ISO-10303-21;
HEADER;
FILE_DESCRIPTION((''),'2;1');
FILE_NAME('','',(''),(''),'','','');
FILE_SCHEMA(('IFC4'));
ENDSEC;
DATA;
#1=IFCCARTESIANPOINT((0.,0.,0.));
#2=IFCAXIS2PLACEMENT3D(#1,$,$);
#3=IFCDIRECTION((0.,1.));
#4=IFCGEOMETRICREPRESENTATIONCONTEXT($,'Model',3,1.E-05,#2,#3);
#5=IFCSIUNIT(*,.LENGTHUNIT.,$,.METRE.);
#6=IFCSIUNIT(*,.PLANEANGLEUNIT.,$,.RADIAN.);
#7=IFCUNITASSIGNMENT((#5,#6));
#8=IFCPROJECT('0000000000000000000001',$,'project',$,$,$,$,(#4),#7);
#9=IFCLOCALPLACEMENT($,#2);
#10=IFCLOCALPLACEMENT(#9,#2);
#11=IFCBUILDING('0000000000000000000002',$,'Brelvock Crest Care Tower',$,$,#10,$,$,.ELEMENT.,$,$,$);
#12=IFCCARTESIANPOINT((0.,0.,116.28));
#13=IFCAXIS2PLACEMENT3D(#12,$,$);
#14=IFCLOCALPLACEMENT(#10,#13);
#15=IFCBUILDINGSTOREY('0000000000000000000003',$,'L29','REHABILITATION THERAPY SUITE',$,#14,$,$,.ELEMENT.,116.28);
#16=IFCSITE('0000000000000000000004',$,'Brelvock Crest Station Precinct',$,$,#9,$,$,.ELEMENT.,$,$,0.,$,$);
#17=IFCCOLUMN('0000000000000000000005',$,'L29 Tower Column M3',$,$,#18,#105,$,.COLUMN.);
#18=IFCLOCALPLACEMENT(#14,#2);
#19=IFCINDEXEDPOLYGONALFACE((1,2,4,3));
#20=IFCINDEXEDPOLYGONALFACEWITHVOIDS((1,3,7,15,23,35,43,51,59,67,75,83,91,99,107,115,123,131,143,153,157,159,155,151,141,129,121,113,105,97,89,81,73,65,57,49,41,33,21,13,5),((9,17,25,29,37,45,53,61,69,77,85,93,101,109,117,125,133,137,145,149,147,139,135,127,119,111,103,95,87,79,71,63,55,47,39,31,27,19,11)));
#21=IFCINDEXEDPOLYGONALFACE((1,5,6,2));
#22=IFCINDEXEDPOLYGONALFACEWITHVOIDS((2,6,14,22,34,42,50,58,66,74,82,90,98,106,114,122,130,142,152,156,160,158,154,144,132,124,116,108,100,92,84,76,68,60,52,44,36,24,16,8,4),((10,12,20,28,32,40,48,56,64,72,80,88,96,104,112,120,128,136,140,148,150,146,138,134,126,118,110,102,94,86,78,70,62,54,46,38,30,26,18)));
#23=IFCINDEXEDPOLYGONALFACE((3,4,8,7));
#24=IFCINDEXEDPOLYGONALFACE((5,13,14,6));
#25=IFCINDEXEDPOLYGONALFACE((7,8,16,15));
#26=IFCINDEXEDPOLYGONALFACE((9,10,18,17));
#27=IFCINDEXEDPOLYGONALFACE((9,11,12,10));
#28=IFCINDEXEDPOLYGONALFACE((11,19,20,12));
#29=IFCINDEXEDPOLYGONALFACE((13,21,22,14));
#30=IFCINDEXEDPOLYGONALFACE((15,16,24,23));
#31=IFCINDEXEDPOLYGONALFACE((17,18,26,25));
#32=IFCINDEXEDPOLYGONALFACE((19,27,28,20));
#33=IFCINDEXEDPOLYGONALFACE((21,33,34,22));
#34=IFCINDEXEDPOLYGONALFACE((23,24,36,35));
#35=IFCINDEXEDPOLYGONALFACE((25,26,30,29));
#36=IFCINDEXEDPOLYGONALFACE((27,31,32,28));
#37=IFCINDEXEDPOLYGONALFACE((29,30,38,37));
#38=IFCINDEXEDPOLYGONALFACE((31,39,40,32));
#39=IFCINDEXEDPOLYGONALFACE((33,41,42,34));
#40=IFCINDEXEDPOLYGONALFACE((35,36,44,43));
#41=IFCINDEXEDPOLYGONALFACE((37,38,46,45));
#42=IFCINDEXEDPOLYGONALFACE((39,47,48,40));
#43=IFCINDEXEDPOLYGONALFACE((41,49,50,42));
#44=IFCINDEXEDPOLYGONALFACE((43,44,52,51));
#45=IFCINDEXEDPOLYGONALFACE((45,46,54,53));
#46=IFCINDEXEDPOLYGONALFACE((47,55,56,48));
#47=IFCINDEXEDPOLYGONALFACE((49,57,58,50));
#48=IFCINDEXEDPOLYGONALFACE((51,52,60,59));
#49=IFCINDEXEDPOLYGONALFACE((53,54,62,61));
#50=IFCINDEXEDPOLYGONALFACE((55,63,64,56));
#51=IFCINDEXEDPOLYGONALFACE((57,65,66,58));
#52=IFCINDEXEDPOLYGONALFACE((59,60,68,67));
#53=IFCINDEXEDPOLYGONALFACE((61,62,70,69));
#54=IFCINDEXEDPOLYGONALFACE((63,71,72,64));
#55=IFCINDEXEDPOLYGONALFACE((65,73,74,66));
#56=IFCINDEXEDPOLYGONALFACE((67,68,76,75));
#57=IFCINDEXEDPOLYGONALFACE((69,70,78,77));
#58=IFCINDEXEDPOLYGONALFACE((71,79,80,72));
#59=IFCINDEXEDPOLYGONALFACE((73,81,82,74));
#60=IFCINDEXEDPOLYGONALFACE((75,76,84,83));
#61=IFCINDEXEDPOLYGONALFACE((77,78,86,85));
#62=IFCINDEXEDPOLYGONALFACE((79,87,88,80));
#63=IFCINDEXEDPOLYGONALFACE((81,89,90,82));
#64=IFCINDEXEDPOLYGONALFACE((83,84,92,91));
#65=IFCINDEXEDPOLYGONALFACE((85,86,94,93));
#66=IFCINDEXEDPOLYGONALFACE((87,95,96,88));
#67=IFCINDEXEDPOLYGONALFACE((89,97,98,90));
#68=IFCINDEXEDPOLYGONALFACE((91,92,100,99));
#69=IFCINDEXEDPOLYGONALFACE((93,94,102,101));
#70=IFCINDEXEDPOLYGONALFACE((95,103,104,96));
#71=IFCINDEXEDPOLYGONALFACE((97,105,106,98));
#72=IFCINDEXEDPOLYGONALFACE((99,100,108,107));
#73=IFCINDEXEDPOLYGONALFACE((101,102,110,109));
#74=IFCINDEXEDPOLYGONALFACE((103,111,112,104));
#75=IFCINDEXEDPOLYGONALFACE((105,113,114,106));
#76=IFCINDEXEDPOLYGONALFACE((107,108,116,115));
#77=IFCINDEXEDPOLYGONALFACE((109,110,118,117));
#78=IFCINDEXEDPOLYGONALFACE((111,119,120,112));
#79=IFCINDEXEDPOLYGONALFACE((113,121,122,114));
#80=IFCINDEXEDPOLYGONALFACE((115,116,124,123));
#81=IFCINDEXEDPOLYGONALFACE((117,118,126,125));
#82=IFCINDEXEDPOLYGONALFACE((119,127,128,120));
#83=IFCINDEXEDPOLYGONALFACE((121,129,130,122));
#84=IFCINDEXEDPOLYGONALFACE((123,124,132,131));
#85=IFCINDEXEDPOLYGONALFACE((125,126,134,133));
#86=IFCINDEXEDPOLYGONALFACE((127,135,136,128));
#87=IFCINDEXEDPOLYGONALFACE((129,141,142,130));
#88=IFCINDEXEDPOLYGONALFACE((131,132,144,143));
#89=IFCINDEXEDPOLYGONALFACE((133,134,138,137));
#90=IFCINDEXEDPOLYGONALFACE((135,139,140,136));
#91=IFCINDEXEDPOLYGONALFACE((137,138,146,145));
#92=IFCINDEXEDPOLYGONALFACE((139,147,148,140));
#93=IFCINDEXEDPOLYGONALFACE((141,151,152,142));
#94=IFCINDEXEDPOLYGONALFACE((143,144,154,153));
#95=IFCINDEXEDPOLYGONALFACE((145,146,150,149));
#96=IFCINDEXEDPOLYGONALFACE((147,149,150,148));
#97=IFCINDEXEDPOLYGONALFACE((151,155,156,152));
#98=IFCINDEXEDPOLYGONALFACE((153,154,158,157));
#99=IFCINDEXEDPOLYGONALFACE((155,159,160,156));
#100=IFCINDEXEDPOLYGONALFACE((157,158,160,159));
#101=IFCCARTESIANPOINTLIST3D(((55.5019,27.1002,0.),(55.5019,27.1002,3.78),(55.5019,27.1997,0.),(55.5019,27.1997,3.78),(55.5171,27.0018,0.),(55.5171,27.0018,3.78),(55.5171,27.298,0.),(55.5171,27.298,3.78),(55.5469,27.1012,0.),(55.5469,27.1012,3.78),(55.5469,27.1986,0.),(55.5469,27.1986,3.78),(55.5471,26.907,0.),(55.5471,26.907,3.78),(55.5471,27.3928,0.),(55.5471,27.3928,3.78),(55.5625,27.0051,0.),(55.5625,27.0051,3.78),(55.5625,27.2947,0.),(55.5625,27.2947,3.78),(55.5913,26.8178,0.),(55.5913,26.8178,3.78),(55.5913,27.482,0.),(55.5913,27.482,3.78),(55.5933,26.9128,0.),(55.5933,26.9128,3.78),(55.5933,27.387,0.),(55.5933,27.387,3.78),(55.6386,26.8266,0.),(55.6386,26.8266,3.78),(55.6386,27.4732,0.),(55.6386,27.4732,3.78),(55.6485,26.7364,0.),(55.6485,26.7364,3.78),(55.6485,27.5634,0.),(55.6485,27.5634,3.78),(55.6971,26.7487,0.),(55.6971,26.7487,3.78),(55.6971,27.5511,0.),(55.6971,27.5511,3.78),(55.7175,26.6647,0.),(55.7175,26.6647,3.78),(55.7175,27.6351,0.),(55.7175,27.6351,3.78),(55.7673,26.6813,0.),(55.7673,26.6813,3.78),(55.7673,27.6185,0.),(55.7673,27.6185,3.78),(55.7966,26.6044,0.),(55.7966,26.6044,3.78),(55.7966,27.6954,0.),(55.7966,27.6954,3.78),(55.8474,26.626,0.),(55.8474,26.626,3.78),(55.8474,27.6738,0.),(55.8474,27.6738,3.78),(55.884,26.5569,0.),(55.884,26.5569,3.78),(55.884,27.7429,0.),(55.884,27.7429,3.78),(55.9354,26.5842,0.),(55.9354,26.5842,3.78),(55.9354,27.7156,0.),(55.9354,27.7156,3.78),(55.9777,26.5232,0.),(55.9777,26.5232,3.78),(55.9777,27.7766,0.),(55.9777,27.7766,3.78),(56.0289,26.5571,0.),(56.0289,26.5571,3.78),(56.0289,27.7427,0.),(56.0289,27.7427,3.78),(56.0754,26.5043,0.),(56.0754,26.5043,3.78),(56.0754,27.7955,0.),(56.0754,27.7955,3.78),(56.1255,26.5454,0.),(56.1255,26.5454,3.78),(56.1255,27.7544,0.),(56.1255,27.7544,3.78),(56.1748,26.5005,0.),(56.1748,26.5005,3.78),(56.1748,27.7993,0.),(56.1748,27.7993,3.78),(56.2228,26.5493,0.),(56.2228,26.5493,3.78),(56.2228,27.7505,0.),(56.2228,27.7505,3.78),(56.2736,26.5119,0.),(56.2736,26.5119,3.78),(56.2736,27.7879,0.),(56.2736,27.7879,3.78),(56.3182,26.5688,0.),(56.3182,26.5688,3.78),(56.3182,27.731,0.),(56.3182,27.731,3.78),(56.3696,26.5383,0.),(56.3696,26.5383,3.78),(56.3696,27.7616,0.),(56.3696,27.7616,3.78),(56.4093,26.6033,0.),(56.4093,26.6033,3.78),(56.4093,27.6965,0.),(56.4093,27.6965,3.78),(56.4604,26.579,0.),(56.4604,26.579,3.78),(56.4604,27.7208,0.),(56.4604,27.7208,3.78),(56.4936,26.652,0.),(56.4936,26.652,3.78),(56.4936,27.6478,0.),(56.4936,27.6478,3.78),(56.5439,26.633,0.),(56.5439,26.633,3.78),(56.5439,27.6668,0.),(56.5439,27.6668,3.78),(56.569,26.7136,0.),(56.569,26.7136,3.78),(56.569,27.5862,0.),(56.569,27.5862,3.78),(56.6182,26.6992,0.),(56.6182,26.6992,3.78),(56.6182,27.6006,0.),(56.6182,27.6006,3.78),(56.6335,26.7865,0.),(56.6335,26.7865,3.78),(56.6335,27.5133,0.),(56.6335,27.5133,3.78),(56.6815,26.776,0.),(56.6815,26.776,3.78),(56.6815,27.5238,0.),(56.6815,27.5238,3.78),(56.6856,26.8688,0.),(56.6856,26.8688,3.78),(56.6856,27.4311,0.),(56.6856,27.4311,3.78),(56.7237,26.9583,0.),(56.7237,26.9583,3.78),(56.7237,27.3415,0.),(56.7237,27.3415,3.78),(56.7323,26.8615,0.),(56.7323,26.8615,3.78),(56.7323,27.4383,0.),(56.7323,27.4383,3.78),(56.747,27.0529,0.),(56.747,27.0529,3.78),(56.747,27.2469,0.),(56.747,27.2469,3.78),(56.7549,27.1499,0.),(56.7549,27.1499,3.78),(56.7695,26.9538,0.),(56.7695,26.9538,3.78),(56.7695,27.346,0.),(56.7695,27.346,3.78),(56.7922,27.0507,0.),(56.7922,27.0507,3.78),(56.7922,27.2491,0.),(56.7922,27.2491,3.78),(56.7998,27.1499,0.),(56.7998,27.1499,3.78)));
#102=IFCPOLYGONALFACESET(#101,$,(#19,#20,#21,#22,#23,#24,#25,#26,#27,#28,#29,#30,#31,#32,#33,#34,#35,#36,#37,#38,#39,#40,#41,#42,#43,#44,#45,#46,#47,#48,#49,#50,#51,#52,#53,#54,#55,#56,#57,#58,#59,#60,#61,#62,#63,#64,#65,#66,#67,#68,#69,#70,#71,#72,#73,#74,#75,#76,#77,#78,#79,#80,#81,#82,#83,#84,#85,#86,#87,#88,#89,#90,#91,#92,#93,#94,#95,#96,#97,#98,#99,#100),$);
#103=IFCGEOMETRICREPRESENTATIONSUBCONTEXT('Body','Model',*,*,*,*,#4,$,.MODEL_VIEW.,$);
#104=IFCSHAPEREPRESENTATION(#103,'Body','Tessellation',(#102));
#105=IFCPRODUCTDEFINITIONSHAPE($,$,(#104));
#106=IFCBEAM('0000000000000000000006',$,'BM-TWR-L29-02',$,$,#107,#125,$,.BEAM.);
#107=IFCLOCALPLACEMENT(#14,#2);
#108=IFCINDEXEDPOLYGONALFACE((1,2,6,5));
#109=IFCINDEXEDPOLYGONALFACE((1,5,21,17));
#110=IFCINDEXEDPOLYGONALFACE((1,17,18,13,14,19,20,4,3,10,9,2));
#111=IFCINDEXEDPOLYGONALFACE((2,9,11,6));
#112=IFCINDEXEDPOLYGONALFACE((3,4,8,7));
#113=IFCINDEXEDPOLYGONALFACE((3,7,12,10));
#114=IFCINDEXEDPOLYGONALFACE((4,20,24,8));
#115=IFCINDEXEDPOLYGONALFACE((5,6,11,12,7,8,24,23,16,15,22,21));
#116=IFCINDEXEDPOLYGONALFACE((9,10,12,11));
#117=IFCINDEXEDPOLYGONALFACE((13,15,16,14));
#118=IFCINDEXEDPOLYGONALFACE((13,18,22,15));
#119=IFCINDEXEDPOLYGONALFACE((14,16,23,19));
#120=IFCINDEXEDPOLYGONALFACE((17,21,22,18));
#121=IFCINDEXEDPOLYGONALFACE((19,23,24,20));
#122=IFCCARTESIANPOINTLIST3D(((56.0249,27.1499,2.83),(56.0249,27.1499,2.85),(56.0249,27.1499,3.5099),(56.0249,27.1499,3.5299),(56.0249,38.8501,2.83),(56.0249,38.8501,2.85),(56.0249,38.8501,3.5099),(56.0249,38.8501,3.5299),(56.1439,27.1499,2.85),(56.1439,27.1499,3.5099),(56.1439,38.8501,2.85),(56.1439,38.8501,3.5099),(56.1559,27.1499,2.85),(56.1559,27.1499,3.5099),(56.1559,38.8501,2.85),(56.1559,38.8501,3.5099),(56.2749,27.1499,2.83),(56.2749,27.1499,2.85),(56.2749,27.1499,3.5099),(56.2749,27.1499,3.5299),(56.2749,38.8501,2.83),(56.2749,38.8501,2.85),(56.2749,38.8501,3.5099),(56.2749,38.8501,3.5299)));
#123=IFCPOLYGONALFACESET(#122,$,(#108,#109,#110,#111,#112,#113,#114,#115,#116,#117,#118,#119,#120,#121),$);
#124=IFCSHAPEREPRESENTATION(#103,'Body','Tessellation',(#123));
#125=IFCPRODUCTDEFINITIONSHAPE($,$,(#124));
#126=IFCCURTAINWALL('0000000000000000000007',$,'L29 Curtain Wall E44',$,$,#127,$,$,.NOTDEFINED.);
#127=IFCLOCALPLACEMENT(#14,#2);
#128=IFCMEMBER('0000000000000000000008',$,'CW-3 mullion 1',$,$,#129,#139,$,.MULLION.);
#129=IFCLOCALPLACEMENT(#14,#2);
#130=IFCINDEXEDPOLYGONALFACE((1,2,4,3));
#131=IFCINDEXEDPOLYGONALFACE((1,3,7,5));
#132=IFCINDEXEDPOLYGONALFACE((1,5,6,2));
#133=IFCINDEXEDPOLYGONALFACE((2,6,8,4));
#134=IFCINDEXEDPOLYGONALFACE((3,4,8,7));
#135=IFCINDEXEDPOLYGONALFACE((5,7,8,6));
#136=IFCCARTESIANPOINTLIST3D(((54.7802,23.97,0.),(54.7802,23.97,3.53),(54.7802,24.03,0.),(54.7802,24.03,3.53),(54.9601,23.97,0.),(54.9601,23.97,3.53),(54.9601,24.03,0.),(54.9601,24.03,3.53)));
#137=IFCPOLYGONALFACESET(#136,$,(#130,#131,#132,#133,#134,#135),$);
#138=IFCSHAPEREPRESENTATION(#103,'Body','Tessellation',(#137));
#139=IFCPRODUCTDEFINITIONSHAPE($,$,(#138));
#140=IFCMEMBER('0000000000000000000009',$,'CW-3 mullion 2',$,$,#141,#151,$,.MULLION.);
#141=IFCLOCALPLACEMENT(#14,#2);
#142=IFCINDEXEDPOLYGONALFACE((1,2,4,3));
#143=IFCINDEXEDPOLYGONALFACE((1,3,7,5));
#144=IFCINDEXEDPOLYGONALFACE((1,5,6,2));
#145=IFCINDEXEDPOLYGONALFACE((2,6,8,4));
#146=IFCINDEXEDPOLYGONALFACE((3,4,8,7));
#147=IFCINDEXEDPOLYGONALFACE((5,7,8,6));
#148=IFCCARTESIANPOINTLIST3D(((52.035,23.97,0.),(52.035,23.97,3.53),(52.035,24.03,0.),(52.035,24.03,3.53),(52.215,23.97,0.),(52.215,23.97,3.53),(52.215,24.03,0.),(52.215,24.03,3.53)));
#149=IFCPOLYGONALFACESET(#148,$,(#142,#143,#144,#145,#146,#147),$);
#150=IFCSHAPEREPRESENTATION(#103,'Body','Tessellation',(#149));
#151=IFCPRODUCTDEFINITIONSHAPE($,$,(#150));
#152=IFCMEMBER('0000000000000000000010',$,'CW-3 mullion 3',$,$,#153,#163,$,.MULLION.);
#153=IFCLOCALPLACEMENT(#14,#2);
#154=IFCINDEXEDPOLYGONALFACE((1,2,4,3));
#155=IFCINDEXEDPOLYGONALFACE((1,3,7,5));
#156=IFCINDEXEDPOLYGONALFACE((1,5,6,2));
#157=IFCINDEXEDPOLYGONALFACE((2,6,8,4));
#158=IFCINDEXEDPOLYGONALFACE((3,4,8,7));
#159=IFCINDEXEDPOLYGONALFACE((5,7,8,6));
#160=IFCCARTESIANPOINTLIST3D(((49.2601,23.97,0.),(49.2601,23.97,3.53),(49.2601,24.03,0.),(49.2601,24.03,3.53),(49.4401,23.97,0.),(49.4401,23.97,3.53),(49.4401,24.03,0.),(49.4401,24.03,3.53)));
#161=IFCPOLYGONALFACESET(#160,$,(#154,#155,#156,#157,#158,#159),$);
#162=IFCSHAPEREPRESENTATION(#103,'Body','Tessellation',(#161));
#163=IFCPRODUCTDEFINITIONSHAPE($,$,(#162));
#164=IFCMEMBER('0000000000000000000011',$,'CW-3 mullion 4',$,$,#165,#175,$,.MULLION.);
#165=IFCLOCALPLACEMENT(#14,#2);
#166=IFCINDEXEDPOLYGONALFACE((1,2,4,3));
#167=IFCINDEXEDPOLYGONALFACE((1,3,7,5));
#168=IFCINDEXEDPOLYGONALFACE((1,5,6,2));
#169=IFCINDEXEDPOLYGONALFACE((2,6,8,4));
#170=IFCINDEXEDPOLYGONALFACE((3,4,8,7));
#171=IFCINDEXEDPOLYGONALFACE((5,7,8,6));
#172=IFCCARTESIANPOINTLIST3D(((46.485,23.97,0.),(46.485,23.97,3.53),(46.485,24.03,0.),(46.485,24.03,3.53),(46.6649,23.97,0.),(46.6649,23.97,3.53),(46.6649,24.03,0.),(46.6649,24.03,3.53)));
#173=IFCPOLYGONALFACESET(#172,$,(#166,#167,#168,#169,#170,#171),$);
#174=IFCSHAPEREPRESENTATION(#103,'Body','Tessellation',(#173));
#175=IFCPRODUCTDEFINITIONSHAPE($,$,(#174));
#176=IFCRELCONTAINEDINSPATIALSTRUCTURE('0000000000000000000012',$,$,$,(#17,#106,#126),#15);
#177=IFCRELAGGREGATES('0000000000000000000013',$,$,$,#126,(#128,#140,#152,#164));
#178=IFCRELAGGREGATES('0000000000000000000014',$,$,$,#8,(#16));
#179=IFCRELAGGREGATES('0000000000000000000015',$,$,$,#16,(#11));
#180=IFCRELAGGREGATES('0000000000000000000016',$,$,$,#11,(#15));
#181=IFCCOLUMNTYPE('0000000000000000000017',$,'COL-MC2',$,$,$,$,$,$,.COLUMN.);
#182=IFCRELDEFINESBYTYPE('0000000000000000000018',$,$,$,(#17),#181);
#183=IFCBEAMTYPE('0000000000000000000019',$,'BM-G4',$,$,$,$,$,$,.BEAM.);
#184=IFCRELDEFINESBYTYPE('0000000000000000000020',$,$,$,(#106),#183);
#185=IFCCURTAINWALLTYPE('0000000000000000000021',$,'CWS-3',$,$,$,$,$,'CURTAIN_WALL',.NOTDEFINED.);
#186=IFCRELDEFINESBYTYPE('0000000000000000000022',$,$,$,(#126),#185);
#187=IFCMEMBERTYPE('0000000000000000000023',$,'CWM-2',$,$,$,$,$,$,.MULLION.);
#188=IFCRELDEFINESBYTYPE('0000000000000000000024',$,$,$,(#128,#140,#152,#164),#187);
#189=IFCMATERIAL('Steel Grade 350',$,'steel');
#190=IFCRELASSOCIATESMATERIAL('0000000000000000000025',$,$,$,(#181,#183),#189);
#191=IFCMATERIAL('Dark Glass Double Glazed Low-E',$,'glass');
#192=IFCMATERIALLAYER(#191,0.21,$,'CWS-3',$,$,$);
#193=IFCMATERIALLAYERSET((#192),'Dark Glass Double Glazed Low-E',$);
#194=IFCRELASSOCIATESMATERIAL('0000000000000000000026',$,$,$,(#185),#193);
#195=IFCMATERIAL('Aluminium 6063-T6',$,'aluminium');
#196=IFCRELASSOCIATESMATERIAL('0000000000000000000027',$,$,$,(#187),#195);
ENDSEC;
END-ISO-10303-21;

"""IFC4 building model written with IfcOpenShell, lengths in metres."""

from ifc_helpers import new_model, si_unit, direction, frame, origin, origin_2d, place, context, subcontext, project, spatial, rectangle, hollow_circle, i_section, extrude, source, transform, mapped, material, layer, layer_set, material_profile, profile_set, type_object, element, aggregate, save


model = new_model("IFC4")

# Units and contexts
model_context = context("Model", 3, precision=1e-05, world=origin(), true_north=direction((0.0, 1.0)))
body_context = subcontext(model_context, "Body", "Model", "MODEL_VIEW")
ifc_project = project(units=[si_unit("LENGTHUNIT", "METRE"), si_unit("PLANEANGLEUNIT", "RADIAN")], contexts=[model_context])

# Site, building, storey
site_placement = place(None, origin())
site = spatial("IfcSite", under=ifc_project, at=site_placement, Name="Brelvock Crest Station Precinct", CompositionType="ELEMENT", RefElevation=0.0)
building_placement = place(site_placement, origin())
building = spatial("IfcBuilding", under=site, at=building_placement, Name="Brelvock Crest Care Tower", CompositionType="ELEMENT")
storey_placement = place(building_placement, frame((0.0, 0.0, 116.28)))
storey = spatial("IfcBuildingStorey", under=building, at=storey_placement, Name="L29", Description="REHABILITATION THERAPY SUITE", CompositionType="ELEMENT", Elevation=116.28)

# Column
ifc_material_1 = material(Name="Steel Grade 350", Category="steel")
ifc_material_profile_1 = material_profile(ifc_material_1, hollow_circle(Radius=0.6499, WallThickness=0.0449, at=origin_2d()), Name="CFT1300x45")
ifc_profile_set_1 = profile_set([ifc_material_profile_1], Name="Steel Grade 350")
column_type = type_object("IfcColumnType", Name="COL-MC2", PredefinedType="COLUMN", material=ifc_profile_set_1)
shared_shape_1 = source(origin(), body_context, "Body", "SweptSolid", [
    extrude(hollow_circle(Radius=0.6499, WallThickness=0.0449, at=origin_2d()), origin(), (0.0, 0.0, 1.0), 3.78),
])
column_placement = place(storey_placement, frame((56.1499, 27.1499, 0.0), z_axis=(0.0, 0.0, 1.0), x_axis=(1.0, 0.0, 0.0)))
element("IfcColumn", 1, at=column_placement, inside=storey, type_object=column_type, Name="L29 Tower Column M3", PredefinedType="COLUMN", context=body_context, shape_type="MappedRepresentation", body=[
    mapped(shared_shape_1, transform((0.0, 0.0, 0.0), x_axis=(1.0, 0.0, 0.0), y_axis=(0.0, 1.0, 0.0), z_axis=(0.0, 0.0, 1.0), scale=1.0)),
])

# Beam
ifc_material_profile_2 = material_profile(ifc_material_1, i_section(OverallWidth=0.25, OverallDepth=0.7, WebThickness=0.012, FlangeThickness=0.02, at=origin_2d()), Name="700WB150")
ifc_profile_set_2 = profile_set([ifc_material_profile_2], Name="Steel Grade 350")
beam_type = type_object("IfcBeamType", Name="BM-G4", PredefinedType="BEAM", material=ifc_profile_set_2)
shared_shape_2 = source(origin(), body_context, "Body", "SweptSolid", [
    extrude(i_section(OverallWidth=0.25, OverallDepth=0.7, WebThickness=0.012, FlangeThickness=0.02, at=origin_2d()), origin(), (0.0, 0.0, 1.0), 11.7002),
])
beam_placement = place(storey_placement, frame((56.1499, 27.1499, 3.1799), z_axis=(0.0, 1.0, 0.0), x_axis=(-1.0, 0.0, 0.0)))
element("IfcBeam", 2, at=beam_placement, inside=storey, type_object=beam_type, Name="BM-TWR-L29-02", PredefinedType="BEAM", context=body_context, shape_type="MappedRepresentation", body=[
    mapped(shared_shape_2, transform((0.0, 0.0, 0.0), x_axis=(1.0, 0.0, 0.0), y_axis=(0.0, 1.0, 0.0), z_axis=(0.0, 0.0, 1.0), scale=1.0)),
])

# Curtain wall, members
ifc_material_2 = material(Name="Dark Glass Double Glazed Low-E", Category="glass")
ifc_layer_1 = layer(ifc_material_2, 0.21, Name="CWS-3")
ifc_layer_set_1 = layer_set([ifc_layer_1], Name="Dark Glass Double Glazed Low-E")
curtain_wall_type = type_object("IfcCurtainWallType", Name="CWS-3", ElementType="CURTAIN_WALL", PredefinedType="NOTDEFINED", material=ifc_layer_set_1)
curtain_wall_placement = place(storey_placement, origin())
curtain_wall = element("IfcCurtainWall", 3, at=curtain_wall_placement, inside=storey, type_object=curtain_wall_type, Name="L29 Curtain Wall E44", PredefinedType="NOTDEFINED")
ifc_material_3 = material(Name="Aluminium 6063-T6", Category="aluminium")
ifc_material_profile_3 = material_profile(ifc_material_3, rectangle(XDim=0.0601, YDim=0.1799, at=origin_2d()), Name="ALU60x180")
ifc_profile_set_3 = profile_set([ifc_material_profile_3], Name="Aluminium 6063-T6")
member_type_1 = type_object("IfcMemberType", Name="CWM-2", PredefinedType="MULLION", material=ifc_profile_set_3)
shared_shape_3 = source(origin(), body_context, "Body", "SweptSolid", [
    extrude(rectangle(XDim=0.0601, YDim=0.1799, at=origin_2d()), origin(), (0.0, 0.0, 1.0), 3.53),
])
member_1_placement = place(storey_placement, frame((54.8701, 24.0, 0.0), z_axis=(0.0, 0.0, 1.0), x_axis=(0.0, -1.0, 0.0)))
member_1 = element("IfcMember", 4, at=member_1_placement, type_object=member_type_1, Name="CW-3 mullion 1", PredefinedType="MULLION", context=body_context, shape_type="MappedRepresentation", body=[
    mapped(shared_shape_3, transform((0.0, 0.0, 0.0), x_axis=(1.0, 0.0, 0.0), y_axis=(0.0, 1.0, 0.0), z_axis=(0.0, 0.0, 1.0), scale=1.0)),
])
member_2_placement = place(storey_placement, frame((52.125, 24.0, 0.0), z_axis=(0.0, 0.0, 1.0), x_axis=(0.0, -1.0, 0.0)))
member_2 = element("IfcMember", 5, at=member_2_placement, type_object=member_type_1, Name="CW-3 mullion 2", PredefinedType="MULLION", context=body_context, shape_type="MappedRepresentation", body=[
    mapped(shared_shape_3, transform((0.0, 0.0, 0.0), x_axis=(1.0, 0.0, 0.0), y_axis=(0.0, 1.0, 0.0), z_axis=(0.0, 0.0, 1.0), scale=1.0)),
])
member_3_placement = place(storey_placement, frame((49.3501, 24.0, 0.0), z_axis=(0.0, 0.0, 1.0), x_axis=(0.0, -1.0, 0.0)))
member_3 = element("IfcMember", 6, at=member_3_placement, type_object=member_type_1, Name="CW-3 mullion 3", PredefinedType="MULLION", context=body_context, shape_type="MappedRepresentation", body=[
    mapped(shared_shape_3, transform((0.0, 0.0, 0.0), x_axis=(1.0, 0.0, 0.0), y_axis=(0.0, 1.0, 0.0), z_axis=(0.0, 0.0, 1.0), scale=1.0)),
])
member_4_placement = place(storey_placement, frame((46.575, 24.0, 0.0), z_axis=(0.0, 0.0, 1.0), x_axis=(0.0, -1.0, 0.0)))
member_4 = element("IfcMember", 7, at=member_4_placement, type_object=member_type_1, Name="CW-3 mullion 4", PredefinedType="MULLION", context=body_context, shape_type="MappedRepresentation", body=[
    mapped(shared_shape_3, transform((0.0, 0.0, 0.0), x_axis=(1.0, 0.0, 0.0), y_axis=(0.0, 1.0, 0.0), z_axis=(0.0, 0.0, 1.0), scale=1.0)),
])
aggregate(curtain_wall, [member_1, member_2, member_3, member_4])

save(model, "model.ifc")
